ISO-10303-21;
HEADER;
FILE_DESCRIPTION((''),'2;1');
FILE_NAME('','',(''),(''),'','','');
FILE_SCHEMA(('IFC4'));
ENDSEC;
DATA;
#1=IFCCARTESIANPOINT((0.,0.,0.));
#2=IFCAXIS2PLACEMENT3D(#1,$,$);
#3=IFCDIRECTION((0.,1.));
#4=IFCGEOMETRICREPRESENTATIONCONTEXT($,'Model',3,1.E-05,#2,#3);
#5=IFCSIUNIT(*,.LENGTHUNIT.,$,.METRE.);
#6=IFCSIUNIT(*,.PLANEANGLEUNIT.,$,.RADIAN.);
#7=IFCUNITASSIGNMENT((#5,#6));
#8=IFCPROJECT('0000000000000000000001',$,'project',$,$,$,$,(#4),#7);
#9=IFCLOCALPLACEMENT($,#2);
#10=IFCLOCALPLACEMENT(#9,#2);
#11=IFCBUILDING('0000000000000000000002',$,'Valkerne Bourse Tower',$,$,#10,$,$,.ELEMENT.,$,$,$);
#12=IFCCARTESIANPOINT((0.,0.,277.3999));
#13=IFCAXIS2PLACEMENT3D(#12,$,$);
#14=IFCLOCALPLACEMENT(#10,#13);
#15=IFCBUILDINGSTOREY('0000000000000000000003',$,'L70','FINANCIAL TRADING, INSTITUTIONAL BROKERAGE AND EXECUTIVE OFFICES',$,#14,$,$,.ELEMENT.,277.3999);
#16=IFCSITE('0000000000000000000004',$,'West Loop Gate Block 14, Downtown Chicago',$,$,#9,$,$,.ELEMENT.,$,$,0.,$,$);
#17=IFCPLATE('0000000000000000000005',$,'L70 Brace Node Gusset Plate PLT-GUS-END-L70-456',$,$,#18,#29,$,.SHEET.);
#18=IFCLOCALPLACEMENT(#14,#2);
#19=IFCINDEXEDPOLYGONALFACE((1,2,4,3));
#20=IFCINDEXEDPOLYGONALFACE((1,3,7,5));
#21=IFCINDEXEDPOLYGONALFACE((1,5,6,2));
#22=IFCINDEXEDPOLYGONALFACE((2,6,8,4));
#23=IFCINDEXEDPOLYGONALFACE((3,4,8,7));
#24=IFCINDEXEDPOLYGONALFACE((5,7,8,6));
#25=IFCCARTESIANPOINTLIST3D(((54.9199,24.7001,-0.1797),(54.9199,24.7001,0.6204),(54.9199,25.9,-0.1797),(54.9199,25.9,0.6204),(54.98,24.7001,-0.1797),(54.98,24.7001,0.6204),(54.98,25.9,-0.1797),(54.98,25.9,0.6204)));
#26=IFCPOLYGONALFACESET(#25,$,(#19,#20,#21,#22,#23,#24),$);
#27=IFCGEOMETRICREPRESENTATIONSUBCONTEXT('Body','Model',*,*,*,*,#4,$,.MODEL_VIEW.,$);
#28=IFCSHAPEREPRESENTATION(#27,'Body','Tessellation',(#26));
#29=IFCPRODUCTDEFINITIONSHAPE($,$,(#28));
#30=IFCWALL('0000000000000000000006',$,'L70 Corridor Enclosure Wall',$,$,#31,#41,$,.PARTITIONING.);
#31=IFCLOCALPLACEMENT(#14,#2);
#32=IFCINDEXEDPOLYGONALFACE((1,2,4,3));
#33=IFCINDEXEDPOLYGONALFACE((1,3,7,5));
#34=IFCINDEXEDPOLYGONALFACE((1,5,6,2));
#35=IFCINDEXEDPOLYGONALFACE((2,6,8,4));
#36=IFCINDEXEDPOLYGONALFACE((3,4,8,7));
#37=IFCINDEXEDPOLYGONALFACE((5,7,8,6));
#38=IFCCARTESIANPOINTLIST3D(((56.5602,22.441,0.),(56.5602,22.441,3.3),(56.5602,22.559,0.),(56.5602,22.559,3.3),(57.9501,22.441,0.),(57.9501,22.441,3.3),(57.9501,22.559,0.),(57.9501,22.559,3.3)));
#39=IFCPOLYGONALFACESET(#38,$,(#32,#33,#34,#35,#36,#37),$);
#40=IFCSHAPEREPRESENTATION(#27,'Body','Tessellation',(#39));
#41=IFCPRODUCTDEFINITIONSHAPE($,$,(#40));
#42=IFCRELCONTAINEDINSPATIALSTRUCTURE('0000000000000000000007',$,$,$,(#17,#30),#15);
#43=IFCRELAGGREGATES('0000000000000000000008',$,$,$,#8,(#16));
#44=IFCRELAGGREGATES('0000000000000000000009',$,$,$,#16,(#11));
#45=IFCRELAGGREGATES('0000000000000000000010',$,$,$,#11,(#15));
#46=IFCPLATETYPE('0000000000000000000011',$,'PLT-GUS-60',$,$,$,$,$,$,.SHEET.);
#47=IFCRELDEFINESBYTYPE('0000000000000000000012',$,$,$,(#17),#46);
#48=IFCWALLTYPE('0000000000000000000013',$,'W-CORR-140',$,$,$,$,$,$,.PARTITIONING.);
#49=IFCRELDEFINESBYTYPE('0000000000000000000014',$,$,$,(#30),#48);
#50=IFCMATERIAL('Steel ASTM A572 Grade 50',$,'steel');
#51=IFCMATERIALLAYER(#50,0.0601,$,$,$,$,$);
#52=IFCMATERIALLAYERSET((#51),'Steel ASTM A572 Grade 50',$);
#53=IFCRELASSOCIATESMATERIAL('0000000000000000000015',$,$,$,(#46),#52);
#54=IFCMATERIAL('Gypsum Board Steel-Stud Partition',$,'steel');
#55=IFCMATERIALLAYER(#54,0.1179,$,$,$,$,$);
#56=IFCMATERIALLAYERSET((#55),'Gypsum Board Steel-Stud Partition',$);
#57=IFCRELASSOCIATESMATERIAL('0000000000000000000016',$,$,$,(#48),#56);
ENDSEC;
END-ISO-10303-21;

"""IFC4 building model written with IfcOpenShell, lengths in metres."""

from ifc_helpers import new_model, si_unit, direction, frame, frame_2d, origin, origin_2d, place, context, subcontext, project, spatial, rectangle, extrude, material, layer, layer_set, type_object, element, save


model = new_model("IFC4")

# Units and contexts
model_context = context("Model", 3, precision=1e-05, world=origin(), true_north=direction((0.0, 1.0)))
body_context = subcontext(model_context, "Body", "Model", "MODEL_VIEW")
ifc_project = project(units=[si_unit("LENGTHUNIT", "METRE"), si_unit("PLANEANGLEUNIT", "RADIAN")], contexts=[model_context])

# Site, building, storey
site_placement = place(None, origin())
site = spatial("IfcSite", under=ifc_project, at=site_placement, Name="West Loop Gate Block 14, Downtown Chicago", CompositionType="ELEMENT", RefElevation=0.0)
building_placement = place(site_placement, origin())
building = spatial("IfcBuilding", under=site, at=building_placement, Name="Valkerne Bourse Tower", CompositionType="ELEMENT")
storey_placement = place(building_placement, frame((0.0, 0.0, 277.3999)))
storey = spatial("IfcBuildingStorey", under=building, at=storey_placement, Name="L70", Description="FINANCIAL TRADING, INSTITUTIONAL BROKERAGE AND EXECUTIVE OFFICES", CompositionType="ELEMENT", Elevation=277.3999)

# Plate
ifc_material_1 = material(Name="Steel ASTM A572 Grade 50", Category="steel")
ifc_layer_1 = layer(ifc_material_1, 0.0601)
ifc_layer_set_1 = layer_set([ifc_layer_1], Name="Steel ASTM A572 Grade 50")
plate_type_1 = type_object("IfcPlateType", Name="PLT-GUS-60", PredefinedType="SHEET", material=ifc_layer_set_1)
plate_1_placement = place(storey_placement, frame((54.95, 25.3, -0.1797), z_axis=(0.0, 0.0, 1.0), x_axis=(0.0, 1.0, 0.0)))
element("IfcPlate", 1, at=plate_1_placement, inside=storey, type_object=plate_type_1, Name="L70 Brace Node Gusset Plate PLT-GUS-END-L70-456", PredefinedType="SHEET", context=body_context, shape_type="SweptSolid", body=[
    extrude(rectangle(XDim=1.2, YDim=0.0601, at=origin_2d()), origin(), (0.0, 0.0, 1.0), 0.8),
])

# Wall
ifc_material_2 = material(Name="Gypsum Board Steel-Stud Partition", Category="steel")
ifc_layer_2 = layer(ifc_material_2, 0.1179)
ifc_layer_set_2 = layer_set([ifc_layer_2], Name="Gypsum Board Steel-Stud Partition")
wall_type_1 = type_object("IfcWallType", Name="W-CORR-140", PredefinedType="PARTITIONING", material=ifc_layer_set_2)
wall_1_placement = place(storey_placement, frame((57.95, 22.5, 0.0), z_axis=(0.0, 0.0, 1.0), x_axis=(-1.0, 0.0, 0.0)))
element("IfcWall", 2, at=wall_1_placement, inside=storey, type_object=wall_type_1, Name="L70 Corridor Enclosure Wall", PredefinedType="PARTITIONING", context=body_context, shape_type="SweptSolid", body=[
    extrude(rectangle(XDim=1.3899, YDim=0.1179, at=frame_2d((0.6948, 0.0))), origin(), (0.0, 0.0, 1.0), 3.3),
])

save(model, "model.ifc")
